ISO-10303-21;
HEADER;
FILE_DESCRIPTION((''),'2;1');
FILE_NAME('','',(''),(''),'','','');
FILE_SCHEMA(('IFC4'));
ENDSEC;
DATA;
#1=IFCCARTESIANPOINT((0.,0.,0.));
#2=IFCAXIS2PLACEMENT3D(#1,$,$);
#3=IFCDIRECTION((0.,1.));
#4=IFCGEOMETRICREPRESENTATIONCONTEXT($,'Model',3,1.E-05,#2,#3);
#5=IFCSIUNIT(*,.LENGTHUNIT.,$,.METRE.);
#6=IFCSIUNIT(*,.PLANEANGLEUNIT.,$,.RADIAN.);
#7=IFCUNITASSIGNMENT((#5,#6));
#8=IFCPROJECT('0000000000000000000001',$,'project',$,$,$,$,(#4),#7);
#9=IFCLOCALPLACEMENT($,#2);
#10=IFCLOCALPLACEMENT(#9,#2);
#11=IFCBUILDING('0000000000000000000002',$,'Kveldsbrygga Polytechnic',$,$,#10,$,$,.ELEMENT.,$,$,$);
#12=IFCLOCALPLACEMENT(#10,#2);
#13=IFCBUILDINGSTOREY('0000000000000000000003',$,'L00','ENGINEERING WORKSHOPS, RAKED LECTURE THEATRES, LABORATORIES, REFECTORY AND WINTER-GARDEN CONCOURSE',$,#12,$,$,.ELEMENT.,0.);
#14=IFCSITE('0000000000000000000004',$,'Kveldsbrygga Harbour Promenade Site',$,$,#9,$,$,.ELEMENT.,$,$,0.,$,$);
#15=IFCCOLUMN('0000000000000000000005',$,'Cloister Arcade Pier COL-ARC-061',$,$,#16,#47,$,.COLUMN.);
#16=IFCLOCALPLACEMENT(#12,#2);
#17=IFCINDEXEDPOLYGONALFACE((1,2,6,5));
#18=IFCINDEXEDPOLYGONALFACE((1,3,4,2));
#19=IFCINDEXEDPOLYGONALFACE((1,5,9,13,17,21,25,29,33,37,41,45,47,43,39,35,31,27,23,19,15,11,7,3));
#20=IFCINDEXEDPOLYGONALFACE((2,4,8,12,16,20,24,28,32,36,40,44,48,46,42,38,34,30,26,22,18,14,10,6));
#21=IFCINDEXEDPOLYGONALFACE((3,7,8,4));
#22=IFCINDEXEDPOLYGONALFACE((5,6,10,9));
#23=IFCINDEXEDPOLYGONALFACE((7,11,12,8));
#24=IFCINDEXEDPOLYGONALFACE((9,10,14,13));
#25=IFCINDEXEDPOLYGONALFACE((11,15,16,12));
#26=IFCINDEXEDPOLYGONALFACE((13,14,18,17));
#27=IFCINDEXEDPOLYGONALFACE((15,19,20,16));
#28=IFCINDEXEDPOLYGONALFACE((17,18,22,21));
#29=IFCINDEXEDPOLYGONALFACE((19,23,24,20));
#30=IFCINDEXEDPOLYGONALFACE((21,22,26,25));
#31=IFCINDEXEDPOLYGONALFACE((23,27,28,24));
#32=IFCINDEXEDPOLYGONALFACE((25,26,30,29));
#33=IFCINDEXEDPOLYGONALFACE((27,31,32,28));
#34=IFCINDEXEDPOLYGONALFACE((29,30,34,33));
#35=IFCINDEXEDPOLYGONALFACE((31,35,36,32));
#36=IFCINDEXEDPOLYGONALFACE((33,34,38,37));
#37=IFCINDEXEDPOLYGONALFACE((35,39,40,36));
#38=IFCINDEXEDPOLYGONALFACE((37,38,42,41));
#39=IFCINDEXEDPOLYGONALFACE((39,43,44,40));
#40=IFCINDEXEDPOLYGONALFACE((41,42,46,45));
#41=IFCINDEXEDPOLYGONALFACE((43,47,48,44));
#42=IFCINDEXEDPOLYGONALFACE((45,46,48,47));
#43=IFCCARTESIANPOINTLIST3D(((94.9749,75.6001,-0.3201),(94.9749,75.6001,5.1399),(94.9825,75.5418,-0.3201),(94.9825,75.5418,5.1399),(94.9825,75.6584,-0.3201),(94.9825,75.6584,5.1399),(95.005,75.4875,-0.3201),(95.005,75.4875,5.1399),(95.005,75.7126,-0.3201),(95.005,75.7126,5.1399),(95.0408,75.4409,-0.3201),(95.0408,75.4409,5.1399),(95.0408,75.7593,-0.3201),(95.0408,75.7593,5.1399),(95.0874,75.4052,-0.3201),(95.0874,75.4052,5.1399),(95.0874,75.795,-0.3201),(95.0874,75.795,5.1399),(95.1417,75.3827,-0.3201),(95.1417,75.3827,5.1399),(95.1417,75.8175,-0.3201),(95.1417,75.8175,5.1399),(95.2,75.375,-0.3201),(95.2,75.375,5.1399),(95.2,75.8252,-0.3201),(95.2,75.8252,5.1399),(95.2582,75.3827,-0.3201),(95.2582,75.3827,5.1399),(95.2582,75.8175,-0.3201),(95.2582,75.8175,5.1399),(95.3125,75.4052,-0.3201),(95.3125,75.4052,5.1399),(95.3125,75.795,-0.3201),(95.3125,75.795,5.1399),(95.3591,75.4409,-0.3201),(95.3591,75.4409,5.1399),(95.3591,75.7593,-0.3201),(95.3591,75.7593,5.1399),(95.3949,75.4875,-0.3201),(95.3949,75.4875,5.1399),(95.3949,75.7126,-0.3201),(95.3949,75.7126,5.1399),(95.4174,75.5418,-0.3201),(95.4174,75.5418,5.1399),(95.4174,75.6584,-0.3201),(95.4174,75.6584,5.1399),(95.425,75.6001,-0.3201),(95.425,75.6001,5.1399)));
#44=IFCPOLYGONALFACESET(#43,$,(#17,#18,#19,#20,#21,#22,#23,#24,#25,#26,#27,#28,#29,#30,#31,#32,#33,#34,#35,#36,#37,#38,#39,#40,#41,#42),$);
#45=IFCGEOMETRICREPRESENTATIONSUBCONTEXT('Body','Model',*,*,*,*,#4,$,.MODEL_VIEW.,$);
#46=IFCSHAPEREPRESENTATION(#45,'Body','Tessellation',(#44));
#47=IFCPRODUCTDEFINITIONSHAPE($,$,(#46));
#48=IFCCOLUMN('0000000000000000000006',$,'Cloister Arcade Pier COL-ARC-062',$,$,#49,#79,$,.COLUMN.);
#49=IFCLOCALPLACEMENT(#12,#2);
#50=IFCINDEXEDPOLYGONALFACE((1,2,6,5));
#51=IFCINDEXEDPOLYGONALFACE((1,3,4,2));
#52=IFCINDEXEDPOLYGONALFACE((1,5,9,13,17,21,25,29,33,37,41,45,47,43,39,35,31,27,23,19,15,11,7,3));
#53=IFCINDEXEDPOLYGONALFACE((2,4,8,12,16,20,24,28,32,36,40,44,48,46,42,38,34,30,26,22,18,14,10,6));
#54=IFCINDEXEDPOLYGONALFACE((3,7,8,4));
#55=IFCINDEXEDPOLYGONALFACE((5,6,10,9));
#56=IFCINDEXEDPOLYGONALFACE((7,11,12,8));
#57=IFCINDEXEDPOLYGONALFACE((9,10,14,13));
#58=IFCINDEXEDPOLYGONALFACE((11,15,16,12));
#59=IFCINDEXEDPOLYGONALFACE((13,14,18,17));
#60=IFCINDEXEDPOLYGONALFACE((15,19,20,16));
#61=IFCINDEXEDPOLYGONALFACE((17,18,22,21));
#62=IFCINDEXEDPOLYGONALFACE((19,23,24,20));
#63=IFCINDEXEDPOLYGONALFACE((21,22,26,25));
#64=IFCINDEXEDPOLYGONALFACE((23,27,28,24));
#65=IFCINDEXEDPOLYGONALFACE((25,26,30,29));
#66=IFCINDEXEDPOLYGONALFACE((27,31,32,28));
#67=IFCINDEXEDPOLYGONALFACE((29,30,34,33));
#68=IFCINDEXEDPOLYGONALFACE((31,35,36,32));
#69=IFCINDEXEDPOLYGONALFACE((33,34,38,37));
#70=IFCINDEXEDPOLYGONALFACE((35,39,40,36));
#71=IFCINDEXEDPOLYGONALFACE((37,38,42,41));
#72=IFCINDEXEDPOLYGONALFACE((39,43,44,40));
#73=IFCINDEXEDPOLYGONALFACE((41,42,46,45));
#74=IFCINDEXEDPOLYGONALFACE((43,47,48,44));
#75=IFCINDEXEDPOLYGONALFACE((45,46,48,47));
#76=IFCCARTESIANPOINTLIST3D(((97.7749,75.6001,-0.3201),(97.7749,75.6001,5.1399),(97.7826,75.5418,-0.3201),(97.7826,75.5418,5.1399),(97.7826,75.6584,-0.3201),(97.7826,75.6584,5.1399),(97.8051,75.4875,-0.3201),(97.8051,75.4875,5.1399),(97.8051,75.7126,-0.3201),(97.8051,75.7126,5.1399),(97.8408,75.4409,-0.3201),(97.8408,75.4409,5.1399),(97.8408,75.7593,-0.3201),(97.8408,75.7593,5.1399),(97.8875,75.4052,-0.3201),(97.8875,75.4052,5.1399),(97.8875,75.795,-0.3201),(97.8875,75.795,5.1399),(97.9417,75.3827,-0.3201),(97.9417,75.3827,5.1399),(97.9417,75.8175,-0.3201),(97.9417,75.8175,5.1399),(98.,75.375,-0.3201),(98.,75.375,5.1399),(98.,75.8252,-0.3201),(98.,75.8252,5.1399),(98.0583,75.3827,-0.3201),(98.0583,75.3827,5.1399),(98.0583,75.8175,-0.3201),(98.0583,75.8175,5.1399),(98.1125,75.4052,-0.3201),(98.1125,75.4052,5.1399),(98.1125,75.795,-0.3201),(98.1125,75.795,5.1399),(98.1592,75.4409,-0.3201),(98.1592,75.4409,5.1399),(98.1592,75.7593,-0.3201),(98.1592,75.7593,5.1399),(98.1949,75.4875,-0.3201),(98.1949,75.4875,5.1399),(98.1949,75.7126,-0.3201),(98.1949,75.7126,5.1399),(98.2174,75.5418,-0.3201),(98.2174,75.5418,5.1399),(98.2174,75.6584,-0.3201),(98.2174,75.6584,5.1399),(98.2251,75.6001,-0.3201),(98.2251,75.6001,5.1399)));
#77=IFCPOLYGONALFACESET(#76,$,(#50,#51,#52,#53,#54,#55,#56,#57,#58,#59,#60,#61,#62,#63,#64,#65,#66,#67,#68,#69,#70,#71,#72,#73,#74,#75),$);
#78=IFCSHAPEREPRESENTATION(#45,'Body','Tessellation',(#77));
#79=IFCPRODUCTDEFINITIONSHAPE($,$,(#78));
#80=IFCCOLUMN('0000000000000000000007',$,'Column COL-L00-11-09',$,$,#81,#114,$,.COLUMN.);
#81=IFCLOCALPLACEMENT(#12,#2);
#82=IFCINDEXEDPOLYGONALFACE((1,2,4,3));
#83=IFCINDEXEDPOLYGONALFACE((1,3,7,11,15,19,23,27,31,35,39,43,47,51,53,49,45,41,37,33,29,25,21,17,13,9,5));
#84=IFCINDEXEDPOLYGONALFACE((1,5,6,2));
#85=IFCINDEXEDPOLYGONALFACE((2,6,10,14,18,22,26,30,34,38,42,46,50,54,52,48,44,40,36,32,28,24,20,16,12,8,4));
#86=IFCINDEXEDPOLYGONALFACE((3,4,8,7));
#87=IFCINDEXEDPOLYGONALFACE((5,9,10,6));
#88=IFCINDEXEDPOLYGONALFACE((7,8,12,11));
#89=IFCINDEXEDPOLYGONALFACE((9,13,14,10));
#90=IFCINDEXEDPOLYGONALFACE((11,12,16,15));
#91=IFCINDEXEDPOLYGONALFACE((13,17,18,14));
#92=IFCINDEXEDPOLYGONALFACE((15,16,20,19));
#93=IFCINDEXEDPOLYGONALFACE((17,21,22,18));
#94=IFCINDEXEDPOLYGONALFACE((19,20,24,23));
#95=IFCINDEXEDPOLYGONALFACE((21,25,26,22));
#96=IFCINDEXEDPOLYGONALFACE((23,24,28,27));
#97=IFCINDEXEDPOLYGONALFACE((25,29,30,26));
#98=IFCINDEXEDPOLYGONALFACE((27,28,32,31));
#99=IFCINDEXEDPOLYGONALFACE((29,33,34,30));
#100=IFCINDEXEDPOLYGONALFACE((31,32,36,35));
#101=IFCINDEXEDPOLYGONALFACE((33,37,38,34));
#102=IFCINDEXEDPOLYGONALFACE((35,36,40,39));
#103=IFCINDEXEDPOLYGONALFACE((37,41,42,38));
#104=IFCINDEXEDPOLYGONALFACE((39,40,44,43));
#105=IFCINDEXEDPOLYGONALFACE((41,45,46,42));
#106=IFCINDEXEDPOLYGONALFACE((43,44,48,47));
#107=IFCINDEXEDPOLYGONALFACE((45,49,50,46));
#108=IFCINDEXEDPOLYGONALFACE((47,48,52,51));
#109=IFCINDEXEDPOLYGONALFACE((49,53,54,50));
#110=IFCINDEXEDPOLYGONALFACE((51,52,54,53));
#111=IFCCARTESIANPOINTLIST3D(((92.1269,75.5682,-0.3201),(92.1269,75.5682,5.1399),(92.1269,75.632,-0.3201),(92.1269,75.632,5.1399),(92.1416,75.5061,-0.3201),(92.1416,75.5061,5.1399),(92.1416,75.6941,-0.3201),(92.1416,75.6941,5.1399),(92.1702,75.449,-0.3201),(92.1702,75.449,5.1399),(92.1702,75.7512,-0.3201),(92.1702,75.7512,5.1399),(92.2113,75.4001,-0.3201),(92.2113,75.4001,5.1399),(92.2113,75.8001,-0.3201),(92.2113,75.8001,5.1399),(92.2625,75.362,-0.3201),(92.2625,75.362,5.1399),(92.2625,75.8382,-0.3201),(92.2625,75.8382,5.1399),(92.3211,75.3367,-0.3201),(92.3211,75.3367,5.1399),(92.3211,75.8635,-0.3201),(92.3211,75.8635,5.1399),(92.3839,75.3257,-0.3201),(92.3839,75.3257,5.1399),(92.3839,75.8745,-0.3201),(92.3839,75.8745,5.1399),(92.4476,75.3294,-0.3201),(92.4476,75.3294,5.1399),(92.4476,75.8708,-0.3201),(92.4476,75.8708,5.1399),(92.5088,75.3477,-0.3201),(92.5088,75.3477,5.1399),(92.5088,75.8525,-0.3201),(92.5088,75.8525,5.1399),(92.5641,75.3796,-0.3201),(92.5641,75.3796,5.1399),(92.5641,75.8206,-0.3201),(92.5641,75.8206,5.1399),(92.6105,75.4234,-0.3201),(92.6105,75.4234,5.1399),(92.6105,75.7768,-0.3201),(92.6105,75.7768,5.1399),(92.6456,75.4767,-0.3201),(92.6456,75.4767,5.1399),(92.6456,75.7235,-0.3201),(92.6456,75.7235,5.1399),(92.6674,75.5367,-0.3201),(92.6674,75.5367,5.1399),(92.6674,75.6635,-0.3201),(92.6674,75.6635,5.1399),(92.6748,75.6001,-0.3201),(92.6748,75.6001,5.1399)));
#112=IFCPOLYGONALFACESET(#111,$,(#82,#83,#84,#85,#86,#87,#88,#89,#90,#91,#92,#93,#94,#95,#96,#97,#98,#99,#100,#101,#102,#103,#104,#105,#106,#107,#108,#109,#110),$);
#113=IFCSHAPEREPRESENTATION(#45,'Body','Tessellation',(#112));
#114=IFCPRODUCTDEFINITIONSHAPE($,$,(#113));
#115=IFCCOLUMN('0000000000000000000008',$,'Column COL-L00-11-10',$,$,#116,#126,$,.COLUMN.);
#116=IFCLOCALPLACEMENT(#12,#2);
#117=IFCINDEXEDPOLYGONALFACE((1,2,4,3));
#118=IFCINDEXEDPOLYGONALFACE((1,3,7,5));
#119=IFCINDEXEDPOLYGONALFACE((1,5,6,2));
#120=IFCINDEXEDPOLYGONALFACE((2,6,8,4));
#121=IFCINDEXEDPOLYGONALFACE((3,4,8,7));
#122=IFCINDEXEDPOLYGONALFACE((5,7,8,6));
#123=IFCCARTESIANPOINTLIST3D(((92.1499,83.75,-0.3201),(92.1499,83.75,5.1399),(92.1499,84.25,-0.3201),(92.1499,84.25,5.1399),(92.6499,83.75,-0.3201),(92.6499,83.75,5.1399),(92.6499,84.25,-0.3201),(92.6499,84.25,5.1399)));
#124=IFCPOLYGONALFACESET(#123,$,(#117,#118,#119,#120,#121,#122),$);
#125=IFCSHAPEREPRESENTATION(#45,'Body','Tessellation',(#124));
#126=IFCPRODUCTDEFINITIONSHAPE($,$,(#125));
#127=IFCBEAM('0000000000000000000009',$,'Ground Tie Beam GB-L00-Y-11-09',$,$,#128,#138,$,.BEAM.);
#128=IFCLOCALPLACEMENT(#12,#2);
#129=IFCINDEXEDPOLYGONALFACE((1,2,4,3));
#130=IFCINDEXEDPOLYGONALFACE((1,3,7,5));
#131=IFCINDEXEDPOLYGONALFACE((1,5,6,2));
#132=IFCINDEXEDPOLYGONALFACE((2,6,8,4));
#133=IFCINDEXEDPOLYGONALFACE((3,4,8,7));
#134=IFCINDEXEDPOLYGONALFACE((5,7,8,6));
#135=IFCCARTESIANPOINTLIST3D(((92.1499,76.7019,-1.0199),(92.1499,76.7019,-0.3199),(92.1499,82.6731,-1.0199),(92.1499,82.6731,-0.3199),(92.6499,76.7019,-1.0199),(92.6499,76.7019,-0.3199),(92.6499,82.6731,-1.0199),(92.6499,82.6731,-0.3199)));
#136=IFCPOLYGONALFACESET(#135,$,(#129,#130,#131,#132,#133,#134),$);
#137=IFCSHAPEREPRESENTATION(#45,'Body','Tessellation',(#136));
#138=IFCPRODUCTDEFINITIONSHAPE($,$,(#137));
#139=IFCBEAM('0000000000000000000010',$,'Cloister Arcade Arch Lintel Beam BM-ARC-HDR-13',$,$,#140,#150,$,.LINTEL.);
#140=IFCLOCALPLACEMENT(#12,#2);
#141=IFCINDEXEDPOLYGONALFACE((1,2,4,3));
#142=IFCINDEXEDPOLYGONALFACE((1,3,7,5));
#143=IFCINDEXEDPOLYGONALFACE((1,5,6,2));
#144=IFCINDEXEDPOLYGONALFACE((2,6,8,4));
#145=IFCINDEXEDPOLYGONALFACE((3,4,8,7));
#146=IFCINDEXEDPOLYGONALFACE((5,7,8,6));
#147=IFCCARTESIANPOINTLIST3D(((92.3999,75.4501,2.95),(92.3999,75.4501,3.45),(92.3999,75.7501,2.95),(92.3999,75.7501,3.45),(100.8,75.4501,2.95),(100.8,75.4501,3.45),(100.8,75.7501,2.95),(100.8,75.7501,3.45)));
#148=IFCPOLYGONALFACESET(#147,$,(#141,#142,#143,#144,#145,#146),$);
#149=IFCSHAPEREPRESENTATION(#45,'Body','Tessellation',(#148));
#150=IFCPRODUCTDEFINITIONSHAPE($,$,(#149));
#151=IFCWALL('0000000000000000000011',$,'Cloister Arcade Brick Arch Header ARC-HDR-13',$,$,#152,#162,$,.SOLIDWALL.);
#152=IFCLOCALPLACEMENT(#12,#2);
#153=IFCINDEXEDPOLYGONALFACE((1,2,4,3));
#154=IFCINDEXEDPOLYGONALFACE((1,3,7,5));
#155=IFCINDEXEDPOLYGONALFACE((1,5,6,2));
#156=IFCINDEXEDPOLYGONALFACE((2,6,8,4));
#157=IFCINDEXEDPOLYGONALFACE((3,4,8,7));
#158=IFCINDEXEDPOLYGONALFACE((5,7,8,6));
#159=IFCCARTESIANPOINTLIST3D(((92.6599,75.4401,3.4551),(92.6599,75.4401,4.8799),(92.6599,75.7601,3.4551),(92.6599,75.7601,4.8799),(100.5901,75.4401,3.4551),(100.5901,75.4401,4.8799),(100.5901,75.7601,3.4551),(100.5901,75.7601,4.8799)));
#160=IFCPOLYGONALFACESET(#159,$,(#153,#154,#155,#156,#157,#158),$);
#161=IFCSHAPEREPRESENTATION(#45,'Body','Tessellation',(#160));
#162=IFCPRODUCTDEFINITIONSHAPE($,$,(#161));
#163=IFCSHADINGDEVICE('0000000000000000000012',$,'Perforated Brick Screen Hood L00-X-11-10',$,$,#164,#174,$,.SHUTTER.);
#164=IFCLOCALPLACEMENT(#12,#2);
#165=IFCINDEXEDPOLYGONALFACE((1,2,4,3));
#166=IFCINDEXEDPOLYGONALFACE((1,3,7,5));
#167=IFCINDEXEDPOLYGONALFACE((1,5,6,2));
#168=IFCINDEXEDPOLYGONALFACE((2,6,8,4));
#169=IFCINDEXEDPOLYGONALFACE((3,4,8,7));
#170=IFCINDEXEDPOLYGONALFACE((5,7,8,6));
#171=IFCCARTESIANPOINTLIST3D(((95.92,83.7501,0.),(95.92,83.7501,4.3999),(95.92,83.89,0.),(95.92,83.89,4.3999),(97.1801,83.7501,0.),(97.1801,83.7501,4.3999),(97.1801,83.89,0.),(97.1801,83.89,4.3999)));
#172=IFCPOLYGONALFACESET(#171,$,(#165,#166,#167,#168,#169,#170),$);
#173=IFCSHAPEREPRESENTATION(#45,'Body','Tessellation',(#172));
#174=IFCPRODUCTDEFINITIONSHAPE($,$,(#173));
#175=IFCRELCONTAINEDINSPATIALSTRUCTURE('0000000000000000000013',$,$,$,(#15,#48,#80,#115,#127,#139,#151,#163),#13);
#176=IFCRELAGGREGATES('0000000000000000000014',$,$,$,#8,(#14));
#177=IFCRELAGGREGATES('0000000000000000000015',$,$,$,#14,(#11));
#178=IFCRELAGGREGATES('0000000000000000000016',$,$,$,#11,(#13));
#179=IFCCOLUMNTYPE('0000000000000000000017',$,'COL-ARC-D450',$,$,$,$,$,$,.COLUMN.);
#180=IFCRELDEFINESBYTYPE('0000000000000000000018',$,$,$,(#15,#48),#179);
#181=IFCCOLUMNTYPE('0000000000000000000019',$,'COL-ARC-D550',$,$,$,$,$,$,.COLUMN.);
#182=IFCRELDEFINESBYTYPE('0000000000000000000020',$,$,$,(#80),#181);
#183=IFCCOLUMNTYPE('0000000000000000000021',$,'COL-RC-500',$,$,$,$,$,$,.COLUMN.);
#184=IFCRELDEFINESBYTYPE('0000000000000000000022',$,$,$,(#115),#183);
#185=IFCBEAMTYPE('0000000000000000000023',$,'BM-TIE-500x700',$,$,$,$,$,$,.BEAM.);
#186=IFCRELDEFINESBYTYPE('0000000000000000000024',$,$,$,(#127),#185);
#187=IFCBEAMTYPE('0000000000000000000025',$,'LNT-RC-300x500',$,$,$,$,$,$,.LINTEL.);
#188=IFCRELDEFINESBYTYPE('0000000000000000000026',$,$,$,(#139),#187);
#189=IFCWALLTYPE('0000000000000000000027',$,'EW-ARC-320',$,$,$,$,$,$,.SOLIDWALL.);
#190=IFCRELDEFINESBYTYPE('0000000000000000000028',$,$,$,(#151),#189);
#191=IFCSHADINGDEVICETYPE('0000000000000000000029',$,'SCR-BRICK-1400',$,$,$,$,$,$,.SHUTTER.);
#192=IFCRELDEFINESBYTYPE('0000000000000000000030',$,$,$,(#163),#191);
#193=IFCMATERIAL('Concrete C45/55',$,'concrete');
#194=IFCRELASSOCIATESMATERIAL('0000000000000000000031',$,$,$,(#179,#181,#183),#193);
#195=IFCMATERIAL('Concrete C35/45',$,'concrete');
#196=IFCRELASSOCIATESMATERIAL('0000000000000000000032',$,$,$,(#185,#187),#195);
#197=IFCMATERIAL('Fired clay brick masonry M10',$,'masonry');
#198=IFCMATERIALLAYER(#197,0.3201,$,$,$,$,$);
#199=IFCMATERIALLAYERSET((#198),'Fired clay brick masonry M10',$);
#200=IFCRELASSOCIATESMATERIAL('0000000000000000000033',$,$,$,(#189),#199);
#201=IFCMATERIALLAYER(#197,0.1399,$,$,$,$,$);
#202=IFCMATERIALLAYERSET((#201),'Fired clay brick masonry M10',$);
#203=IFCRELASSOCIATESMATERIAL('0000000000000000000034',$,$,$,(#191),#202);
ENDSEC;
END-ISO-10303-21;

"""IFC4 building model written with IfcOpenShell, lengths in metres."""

from ifc_helpers import new_model, si_unit, direction, frame, frame_2d, origin, origin_2d, place, context, subcontext, project, spatial, rectangle, circle, extrude, material, layer, layer_set, material_profile, profile_set, type_object, element, save


model = new_model("IFC4")

# Units and contexts
model_context = context("Model", 3, precision=1e-05, world=origin(), true_north=direction((0.0, 1.0)))
body_context = subcontext(model_context, "Body", "Model", "MODEL_VIEW")
ifc_project = project(units=[si_unit("LENGTHUNIT", "METRE"), si_unit("PLANEANGLEUNIT", "RADIAN")], contexts=[model_context])

# Site, building, storey
site_placement = place(None, origin())
site = spatial("IfcSite", under=ifc_project, at=site_placement, Name="Kveldsbrygga Harbour Promenade Site", CompositionType="ELEMENT", RefElevation=0.0)
building_placement = place(site_placement, origin())
building = spatial("IfcBuilding", under=site, at=building_placement, Name="Kveldsbrygga Polytechnic", CompositionType="ELEMENT")
storey_placement = place(building_placement, origin())
storey = spatial("IfcBuildingStorey", under=building, at=storey_placement, Name="L00", Description="ENGINEERING WORKSHOPS, RAKED LECTURE THEATRES, LABORATORIES, REFECTORY AND WINTER-GARDEN CONCOURSE", CompositionType="ELEMENT", Elevation=0.0)

# Shared definitions
ifc_material_1 = material(Name="Concrete C45/55", Category="concrete")
ifc_material_2 = material(Name="Concrete C35/45", Category="concrete")

# Columns
ifc_material_profile_1 = material_profile(ifc_material_1, circle(Radius=0.2251, at=origin_2d()), Name="RC D450")
ifc_profile_set_1 = profile_set([ifc_material_profile_1], Name="Concrete C45/55")
column_type_1 = type_object("IfcColumnType", Name="COL-ARC-D450", PredefinedType="COLUMN", material=ifc_profile_set_1)
for number, where, z_axis, x_axis, name in (
    (1, (95.2, 75.6001, -0.3201), (0.0, 0.0, 1.0), (1.0, 0.0, 0.0), "Cloister Arcade Pier COL-ARC-061"),
    (2, (98.0, 75.6001, -0.3201), (0.0, 0.0, 1.0), (1.0, 0.0, 0.0), "Cloister Arcade Pier COL-ARC-062"),
):
    element("IfcColumn", number, at=place(storey_placement, frame(where, z_axis=z_axis, x_axis=x_axis)), inside=storey, type_object=column_type_1, Name=name, PredefinedType="COLUMN", context=body_context, shape_type="SweptSolid", body=[
        extrude(circle(Radius=0.2251, at=origin_2d()), origin(), (0.0, 0.0, 1.0), 5.46),
    ])
ifc_material_profile_2 = material_profile(ifc_material_1, circle(Radius=0.2749, at=origin_2d()), Name="RC D550")
ifc_profile_set_2 = profile_set([ifc_material_profile_2], Name="Concrete C45/55")
column_type_2 = type_object("IfcColumnType", Name="COL-ARC-D550", PredefinedType="COLUMN", material=ifc_profile_set_2)
column_1_placement = place(storey_placement, frame((92.3999, 75.6001, -0.3201), z_axis=(0.0, 0.0, 1.0), x_axis=(1.0, 0.0, 0.0)))
element("IfcColumn", 3, at=column_1_placement, inside=storey, type_object=column_type_2, Name="Column COL-L00-11-09", PredefinedType="COLUMN", context=body_context, shape_type="SweptSolid", body=[
    extrude(circle(Radius=0.2749, at=origin_2d()), origin(), (0.0, 0.0, 1.0), 5.46),
])
ifc_material_profile_3 = material_profile(ifc_material_1, rectangle(XDim=0.5, YDim=0.5, at=origin_2d()), Name="RC 500x500")
ifc_profile_set_3 = profile_set([ifc_material_profile_3], Name="Concrete C45/55")
column_type_3 = type_object("IfcColumnType", Name="COL-RC-500", PredefinedType="COLUMN", material=ifc_profile_set_3)
column_2_placement = place(storey_placement, frame((92.3999, 84.0, -0.3201), z_axis=(0.0, 0.0, 1.0), x_axis=(1.0, 0.0, 0.0)))
element("IfcColumn", 4, at=column_2_placement, inside=storey, type_object=column_type_3, Name="Column COL-L00-11-10", PredefinedType="COLUMN", context=body_context, shape_type="SweptSolid", body=[
    extrude(rectangle(XDim=0.5, YDim=0.5, at=origin_2d()), origin(), (0.0, 0.0, 1.0), 5.46),
])

# Beams
ifc_material_profile_4 = material_profile(ifc_material_2, rectangle(XDim=0.5, YDim=0.7, at=origin_2d()), Name="RC 500x700")
ifc_profile_set_4 = profile_set([ifc_material_profile_4], Name="Concrete C35/45")
beam_type_1 = type_object("IfcBeamType", Name="BM-TIE-500x700", PredefinedType="BEAM", material=ifc_profile_set_4)
beam_1_placement = place(storey_placement, frame((92.3999, 76.7019, -0.6699), z_axis=(0.0, 1.0, 0.0), x_axis=(-1.0, 0.0, 0.0)))
element("IfcBeam", 5, at=beam_1_placement, inside=storey, type_object=beam_type_1, Name="Ground Tie Beam GB-L00-Y-11-09", PredefinedType="BEAM", context=body_context, shape_type="SweptSolid", body=[
    extrude(rectangle(XDim=0.5, YDim=0.7, at=origin_2d()), origin(), (0.0, 0.0, 1.0), 5.9712),
])
ifc_material_profile_5 = material_profile(ifc_material_2, rectangle(XDim=0.3, YDim=0.5, at=origin_2d()), Name="RC 300x500")
ifc_profile_set_5 = profile_set([ifc_material_profile_5], Name="Concrete C35/45")
beam_type_2 = type_object("IfcBeamType", Name="LNT-RC-300x500", PredefinedType="LINTEL", material=ifc_profile_set_5)
beam_2_placement = place(storey_placement, frame((92.3999, 75.6001, 3.2), z_axis=(1.0, 0.0, 0.0), x_axis=(0.0, 1.0, 0.0)))
element("IfcBeam", 6, at=beam_2_placement, inside=storey, type_object=beam_type_2, Name="Cloister Arcade Arch Lintel Beam BM-ARC-HDR-13", PredefinedType="LINTEL", context=body_context, shape_type="SweptSolid", body=[
    extrude(rectangle(XDim=0.3, YDim=0.5, at=origin_2d()), origin(), (0.0, 0.0, 1.0), 8.4001),
])

# Wall
ifc_material_3 = material(Name="Fired clay brick masonry M10", Category="masonry")
ifc_layer_1 = layer(ifc_material_3, 0.3201)
ifc_layer_set_1 = layer_set([ifc_layer_1], Name="Fired clay brick masonry M10")
wall_type_1 = type_object("IfcWallType", Name="EW-ARC-320", PredefinedType="SOLIDWALL", material=ifc_layer_set_1)
wall_1_placement = place(storey_placement, frame((92.6599, 75.6001, 3.4551), z_axis=(0.0, 0.0, 1.0), x_axis=(1.0, 0.0, 0.0)))
element("IfcWall", 7, at=wall_1_placement, inside=storey, type_object=wall_type_1, Name="Cloister Arcade Brick Arch Header ARC-HDR-13", PredefinedType="SOLIDWALL", context=body_context, shape_type="SweptSolid", body=[
    extrude(rectangle(XDim=7.9302, YDim=0.3201, at=frame_2d((3.9651, 0.0))), origin(), (0.0, 0.0, 1.0), 1.4248),
])

# Shading device
ifc_layer_2 = layer(ifc_material_3, 0.1399)
ifc_layer_set_2 = layer_set([ifc_layer_2], Name="Fired clay brick masonry M10")
shading_device_type = type_object("IfcShadingDeviceType", Name="SCR-BRICK-1400", PredefinedType="SHUTTER", material=ifc_layer_set_2)
shading_device_placement = place(storey_placement, frame((96.55, 83.8201, 0.0), z_axis=(0.0, 0.0, 1.0), x_axis=(1.0, 0.0, 0.0)))
element("IfcShadingDevice", 8, at=shading_device_placement, inside=storey, type_object=shading_device_type, Name="Perforated Brick Screen Hood L00-X-11-10", PredefinedType="SHUTTER", context=body_context, shape_type="SweptSolid", body=[
    extrude(rectangle(XDim=1.26, YDim=0.1399, at=origin_2d()), origin(), (0.0, 0.0, 1.0), 4.3999),
])

save(model, "model.ifc")
